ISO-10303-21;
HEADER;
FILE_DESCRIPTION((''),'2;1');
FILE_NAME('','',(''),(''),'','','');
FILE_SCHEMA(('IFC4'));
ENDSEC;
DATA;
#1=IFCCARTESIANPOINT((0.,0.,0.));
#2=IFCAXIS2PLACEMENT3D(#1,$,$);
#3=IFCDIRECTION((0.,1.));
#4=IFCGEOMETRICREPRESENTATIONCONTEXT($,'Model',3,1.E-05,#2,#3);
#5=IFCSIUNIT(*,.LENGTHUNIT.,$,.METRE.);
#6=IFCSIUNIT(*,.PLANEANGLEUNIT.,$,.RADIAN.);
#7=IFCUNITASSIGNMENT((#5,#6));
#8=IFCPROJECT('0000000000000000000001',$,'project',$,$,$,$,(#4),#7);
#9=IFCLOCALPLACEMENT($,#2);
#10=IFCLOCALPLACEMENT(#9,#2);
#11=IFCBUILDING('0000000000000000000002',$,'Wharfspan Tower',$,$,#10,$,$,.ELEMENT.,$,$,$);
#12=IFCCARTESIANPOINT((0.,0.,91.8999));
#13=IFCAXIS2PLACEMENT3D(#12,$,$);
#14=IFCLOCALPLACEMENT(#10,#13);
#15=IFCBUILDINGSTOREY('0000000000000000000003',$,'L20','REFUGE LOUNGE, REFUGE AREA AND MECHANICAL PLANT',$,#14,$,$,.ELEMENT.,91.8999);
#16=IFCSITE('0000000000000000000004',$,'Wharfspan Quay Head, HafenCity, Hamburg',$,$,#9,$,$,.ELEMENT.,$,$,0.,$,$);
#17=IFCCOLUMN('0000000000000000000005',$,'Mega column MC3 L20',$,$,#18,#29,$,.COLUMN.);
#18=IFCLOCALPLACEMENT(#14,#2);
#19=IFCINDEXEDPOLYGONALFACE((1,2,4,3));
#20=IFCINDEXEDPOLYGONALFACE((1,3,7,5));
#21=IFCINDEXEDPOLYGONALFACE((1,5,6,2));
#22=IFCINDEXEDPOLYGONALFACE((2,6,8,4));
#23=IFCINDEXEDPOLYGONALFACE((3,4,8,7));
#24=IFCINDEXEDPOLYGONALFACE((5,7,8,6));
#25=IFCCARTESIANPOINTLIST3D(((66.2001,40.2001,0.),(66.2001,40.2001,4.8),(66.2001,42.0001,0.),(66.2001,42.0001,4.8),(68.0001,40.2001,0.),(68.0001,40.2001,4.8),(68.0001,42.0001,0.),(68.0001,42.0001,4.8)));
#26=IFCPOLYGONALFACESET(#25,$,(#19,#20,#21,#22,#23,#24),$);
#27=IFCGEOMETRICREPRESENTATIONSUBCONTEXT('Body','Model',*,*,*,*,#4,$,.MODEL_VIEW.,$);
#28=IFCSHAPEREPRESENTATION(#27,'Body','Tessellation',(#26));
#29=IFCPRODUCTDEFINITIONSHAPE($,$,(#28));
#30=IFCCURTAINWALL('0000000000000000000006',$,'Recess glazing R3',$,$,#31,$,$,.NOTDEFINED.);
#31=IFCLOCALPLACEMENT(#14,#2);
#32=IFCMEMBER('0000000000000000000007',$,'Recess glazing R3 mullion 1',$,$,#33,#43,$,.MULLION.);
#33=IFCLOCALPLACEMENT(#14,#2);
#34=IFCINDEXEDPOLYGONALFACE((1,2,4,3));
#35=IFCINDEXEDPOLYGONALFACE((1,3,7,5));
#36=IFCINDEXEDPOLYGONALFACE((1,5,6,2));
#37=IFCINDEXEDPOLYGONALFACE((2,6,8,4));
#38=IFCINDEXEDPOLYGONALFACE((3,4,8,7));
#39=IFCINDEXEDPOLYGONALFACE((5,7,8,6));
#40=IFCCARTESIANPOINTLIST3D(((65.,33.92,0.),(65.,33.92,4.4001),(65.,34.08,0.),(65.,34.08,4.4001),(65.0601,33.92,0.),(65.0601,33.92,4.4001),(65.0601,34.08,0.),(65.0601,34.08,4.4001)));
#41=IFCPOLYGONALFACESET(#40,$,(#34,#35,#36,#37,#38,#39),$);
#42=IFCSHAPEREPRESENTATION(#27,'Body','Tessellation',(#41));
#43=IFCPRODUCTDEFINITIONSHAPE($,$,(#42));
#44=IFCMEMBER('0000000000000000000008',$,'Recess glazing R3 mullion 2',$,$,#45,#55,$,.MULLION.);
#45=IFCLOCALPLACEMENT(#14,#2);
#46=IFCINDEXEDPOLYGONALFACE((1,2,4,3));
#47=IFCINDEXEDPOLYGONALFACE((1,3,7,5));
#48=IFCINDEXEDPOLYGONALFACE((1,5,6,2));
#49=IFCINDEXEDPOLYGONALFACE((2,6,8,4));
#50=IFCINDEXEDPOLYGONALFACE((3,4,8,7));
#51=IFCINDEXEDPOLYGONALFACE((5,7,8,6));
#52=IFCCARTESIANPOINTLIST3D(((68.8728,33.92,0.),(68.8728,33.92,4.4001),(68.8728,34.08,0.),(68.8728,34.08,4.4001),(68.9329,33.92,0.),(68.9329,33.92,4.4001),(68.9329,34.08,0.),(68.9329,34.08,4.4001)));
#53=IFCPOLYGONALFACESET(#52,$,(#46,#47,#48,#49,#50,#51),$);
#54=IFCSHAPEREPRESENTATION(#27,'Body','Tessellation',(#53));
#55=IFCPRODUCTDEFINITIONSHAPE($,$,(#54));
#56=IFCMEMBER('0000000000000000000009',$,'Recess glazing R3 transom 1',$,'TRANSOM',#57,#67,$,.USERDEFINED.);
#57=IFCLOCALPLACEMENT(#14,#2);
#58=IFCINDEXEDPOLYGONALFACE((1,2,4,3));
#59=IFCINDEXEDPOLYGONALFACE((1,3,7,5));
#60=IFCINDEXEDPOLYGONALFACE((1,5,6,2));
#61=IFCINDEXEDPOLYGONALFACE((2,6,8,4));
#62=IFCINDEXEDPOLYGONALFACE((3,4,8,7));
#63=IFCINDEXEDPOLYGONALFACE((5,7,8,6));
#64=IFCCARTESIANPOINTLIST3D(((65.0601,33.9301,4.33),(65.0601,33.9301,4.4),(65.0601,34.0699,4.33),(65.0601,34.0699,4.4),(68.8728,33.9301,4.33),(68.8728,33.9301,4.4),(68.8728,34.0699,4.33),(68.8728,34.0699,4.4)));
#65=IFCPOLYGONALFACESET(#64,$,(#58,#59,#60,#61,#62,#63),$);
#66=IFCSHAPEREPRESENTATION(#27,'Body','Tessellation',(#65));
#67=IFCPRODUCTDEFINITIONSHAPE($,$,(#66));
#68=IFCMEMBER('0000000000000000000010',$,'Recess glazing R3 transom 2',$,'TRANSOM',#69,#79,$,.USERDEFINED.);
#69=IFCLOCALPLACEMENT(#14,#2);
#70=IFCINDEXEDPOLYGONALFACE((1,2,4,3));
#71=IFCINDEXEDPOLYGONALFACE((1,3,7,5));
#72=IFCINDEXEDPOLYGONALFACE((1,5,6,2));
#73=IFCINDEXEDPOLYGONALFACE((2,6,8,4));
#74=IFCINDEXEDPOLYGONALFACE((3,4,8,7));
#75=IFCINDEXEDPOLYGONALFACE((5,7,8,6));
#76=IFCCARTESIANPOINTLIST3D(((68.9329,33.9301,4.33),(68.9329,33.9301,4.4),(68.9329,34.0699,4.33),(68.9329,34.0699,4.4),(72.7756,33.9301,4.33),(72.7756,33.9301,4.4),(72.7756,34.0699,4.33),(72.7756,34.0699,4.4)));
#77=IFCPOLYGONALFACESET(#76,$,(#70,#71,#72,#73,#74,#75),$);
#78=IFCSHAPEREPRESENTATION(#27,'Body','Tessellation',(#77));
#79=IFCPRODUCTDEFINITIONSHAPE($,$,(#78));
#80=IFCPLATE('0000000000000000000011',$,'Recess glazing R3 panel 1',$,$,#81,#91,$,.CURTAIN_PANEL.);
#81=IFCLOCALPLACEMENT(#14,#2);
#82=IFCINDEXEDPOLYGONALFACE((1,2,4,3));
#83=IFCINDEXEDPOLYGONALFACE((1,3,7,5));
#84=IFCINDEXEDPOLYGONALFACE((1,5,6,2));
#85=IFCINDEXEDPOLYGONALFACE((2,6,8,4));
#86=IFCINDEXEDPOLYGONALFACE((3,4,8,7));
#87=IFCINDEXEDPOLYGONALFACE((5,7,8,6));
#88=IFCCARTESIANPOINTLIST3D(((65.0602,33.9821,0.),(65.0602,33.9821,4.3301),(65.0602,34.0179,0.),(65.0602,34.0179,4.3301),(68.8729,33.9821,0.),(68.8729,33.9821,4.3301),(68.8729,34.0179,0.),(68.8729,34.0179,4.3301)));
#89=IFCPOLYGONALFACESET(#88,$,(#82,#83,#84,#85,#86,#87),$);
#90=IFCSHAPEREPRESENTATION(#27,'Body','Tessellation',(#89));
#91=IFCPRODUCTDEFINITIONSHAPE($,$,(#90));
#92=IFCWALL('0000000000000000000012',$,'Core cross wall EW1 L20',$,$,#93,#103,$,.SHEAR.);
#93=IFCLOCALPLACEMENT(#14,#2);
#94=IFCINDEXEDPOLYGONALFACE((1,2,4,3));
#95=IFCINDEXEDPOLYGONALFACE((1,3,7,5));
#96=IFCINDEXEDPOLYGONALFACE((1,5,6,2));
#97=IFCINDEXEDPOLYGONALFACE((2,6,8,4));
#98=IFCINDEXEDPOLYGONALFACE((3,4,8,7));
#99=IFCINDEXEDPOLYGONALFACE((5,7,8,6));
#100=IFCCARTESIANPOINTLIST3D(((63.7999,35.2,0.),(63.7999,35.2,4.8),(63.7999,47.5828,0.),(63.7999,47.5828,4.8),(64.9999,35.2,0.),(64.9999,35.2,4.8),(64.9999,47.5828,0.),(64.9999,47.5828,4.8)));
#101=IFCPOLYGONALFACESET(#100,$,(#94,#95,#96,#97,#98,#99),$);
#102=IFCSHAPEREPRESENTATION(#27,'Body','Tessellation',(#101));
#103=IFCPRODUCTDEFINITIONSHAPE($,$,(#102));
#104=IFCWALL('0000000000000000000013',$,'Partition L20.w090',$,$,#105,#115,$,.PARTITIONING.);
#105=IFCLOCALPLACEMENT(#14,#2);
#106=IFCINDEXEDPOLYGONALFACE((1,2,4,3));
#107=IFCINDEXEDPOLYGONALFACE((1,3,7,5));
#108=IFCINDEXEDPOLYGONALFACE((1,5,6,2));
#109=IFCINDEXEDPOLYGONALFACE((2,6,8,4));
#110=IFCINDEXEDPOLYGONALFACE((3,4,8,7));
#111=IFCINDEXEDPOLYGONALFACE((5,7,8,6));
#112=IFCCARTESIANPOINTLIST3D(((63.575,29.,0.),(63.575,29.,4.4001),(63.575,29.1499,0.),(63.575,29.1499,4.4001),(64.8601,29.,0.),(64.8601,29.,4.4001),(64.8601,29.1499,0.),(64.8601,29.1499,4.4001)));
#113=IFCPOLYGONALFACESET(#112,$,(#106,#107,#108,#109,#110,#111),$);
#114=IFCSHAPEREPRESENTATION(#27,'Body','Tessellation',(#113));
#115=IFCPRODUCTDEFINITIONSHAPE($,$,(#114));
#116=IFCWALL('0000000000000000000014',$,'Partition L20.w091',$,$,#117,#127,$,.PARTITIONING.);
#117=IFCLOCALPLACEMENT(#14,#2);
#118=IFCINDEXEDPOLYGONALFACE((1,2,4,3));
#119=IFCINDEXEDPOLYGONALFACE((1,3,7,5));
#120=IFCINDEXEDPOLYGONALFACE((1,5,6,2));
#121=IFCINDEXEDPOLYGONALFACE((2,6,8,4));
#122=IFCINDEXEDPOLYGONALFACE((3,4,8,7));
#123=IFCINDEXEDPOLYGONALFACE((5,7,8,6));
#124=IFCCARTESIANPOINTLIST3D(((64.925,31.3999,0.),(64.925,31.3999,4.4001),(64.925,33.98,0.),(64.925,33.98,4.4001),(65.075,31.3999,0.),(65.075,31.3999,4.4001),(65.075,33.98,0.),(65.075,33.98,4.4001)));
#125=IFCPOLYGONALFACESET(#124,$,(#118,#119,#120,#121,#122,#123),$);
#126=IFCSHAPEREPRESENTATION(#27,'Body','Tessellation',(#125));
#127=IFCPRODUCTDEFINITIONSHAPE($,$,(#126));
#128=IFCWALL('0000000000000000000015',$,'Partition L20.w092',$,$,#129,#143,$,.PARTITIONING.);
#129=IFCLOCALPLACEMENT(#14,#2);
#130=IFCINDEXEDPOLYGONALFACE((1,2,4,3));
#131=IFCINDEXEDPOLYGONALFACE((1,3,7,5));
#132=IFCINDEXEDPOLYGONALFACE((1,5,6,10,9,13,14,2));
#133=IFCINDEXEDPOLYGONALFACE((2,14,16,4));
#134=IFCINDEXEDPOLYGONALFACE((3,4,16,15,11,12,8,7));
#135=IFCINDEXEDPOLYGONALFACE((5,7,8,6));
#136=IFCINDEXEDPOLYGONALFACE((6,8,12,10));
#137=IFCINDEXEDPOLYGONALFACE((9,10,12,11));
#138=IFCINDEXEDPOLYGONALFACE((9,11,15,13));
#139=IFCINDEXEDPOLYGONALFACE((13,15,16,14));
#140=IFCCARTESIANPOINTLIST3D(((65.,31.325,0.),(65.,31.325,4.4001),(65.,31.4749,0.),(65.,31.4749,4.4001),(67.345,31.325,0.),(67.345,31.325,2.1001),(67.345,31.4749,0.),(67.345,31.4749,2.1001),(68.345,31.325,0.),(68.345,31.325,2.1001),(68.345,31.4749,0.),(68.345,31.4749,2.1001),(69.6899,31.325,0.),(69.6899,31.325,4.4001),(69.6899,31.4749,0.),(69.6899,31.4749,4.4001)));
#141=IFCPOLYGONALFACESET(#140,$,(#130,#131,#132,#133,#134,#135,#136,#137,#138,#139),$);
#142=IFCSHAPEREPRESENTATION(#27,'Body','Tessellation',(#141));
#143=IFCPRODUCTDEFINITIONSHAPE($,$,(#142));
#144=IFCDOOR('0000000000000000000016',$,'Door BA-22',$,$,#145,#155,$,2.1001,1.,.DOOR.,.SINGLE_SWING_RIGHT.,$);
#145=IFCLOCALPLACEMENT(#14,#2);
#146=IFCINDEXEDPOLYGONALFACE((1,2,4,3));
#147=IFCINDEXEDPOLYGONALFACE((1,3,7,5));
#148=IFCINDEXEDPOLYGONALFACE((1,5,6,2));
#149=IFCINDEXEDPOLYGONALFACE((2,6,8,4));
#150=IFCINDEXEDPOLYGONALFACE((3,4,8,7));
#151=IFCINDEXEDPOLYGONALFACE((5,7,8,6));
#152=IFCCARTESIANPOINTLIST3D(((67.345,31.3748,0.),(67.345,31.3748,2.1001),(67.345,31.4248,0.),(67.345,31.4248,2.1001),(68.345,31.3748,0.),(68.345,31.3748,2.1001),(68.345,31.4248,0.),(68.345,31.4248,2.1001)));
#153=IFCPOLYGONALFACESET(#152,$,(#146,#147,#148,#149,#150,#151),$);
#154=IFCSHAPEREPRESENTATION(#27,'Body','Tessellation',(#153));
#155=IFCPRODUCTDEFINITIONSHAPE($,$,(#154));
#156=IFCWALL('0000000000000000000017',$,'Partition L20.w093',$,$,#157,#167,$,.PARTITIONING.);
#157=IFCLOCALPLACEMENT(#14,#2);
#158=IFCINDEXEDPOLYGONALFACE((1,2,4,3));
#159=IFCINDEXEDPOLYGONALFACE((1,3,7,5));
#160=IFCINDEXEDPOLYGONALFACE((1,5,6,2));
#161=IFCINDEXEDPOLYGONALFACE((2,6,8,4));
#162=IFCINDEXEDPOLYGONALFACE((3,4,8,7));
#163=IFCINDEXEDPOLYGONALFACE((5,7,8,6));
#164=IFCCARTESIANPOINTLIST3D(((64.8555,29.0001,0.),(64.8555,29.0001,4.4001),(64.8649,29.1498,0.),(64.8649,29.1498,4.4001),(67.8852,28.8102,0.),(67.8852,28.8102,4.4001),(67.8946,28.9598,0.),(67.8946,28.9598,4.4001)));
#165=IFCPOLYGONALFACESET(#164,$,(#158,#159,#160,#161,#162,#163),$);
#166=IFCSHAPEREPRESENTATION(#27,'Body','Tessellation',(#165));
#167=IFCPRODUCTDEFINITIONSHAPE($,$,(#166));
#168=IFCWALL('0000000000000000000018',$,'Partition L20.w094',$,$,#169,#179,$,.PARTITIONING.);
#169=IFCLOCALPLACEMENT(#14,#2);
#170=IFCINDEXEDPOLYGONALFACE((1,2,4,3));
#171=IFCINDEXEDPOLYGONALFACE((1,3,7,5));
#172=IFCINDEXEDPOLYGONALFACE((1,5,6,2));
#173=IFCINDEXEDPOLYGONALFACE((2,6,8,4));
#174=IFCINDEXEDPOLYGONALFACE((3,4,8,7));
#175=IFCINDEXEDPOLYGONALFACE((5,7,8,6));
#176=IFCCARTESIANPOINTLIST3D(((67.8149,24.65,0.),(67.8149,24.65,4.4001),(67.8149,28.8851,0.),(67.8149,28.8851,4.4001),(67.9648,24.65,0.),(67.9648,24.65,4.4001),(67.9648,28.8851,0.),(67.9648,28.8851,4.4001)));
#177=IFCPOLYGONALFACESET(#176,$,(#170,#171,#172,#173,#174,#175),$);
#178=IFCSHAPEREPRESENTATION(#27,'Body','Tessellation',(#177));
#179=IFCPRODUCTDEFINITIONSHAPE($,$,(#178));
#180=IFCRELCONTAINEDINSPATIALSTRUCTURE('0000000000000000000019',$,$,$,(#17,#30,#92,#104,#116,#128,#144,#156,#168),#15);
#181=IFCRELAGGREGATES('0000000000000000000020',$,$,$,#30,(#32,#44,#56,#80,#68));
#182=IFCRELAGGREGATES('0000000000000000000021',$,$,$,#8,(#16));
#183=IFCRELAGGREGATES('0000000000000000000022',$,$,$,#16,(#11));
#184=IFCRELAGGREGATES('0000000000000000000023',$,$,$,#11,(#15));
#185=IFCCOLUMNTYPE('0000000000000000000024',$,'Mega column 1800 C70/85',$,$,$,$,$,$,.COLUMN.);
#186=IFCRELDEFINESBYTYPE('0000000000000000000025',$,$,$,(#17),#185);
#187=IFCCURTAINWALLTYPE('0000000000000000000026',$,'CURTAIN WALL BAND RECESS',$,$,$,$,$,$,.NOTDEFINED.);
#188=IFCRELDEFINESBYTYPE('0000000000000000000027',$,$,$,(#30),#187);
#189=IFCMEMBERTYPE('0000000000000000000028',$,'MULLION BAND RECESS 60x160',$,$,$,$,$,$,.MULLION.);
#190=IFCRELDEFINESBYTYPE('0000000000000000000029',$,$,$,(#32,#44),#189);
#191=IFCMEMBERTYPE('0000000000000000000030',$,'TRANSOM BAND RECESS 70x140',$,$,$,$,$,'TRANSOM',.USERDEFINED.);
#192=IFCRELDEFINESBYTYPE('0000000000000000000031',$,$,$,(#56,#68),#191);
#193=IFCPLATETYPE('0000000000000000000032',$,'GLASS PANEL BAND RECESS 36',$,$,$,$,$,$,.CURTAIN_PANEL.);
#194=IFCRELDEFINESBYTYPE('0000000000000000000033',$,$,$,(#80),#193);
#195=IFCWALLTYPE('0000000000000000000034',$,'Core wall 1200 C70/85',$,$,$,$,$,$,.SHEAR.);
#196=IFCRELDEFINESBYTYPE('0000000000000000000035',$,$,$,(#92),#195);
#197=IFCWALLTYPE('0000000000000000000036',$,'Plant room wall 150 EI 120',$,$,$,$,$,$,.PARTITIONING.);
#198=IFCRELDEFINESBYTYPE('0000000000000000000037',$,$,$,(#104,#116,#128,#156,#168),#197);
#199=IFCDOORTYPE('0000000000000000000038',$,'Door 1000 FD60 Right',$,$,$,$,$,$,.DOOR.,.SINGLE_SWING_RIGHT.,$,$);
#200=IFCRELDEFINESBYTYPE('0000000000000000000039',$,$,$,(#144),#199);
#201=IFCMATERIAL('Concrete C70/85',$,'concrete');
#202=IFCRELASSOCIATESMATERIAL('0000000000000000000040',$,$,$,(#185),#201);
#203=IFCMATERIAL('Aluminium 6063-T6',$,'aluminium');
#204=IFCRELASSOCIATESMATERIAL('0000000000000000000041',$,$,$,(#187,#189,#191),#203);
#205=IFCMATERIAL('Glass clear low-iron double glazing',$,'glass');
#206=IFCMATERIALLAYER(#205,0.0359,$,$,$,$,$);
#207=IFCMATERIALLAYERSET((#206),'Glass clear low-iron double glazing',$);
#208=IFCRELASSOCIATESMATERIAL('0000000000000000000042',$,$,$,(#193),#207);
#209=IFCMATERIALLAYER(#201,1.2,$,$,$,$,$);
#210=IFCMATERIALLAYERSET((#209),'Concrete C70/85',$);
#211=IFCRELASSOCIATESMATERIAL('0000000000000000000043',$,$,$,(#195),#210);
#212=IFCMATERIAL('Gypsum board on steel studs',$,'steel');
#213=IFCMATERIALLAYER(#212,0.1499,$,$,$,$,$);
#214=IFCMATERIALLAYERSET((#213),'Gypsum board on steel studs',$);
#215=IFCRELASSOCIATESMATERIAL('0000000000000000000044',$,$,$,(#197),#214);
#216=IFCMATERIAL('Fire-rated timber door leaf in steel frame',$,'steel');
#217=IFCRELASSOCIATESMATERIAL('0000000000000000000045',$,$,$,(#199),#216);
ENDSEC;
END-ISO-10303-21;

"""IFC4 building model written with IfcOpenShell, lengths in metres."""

from ifc_helpers import new_model, si_unit, direction, frame, frame_2d, origin, origin_2d, place, context, subcontext, project, spatial, rectangle, extrude, material, layer, layer_set, material_profile, profile_set, type_object, element, fill, aggregate, save


model = new_model("IFC4")

# Units and contexts
model_context = context("Model", 3, precision=1e-05, world=origin(), true_north=direction((0.0, 1.0)))
body_context = subcontext(model_context, "Body", "Model", "MODEL_VIEW")
ifc_project = project(units=[si_unit("LENGTHUNIT", "METRE"), si_unit("PLANEANGLEUNIT", "RADIAN")], contexts=[model_context])

# Site, building, storey
site_placement = place(None, origin())
site = spatial("IfcSite", under=ifc_project, at=site_placement, Name="Wharfspan Quay Head, HafenCity, Hamburg", CompositionType="ELEMENT", RefElevation=0.0)
building_placement = place(site_placement, origin())
building = spatial("IfcBuilding", under=site, at=building_placement, Name="Wharfspan Tower", CompositionType="ELEMENT")
storey_placement = place(building_placement, frame((0.0, 0.0, 91.8999)))
storey = spatial("IfcBuildingStorey", under=building, at=storey_placement, Name="L20", Description="REFUGE LOUNGE, REFUGE AREA AND MECHANICAL PLANT", CompositionType="ELEMENT", Elevation=91.8999)

# Column
ifc_material_1 = material(Name="Concrete C70/85", Category="concrete")
ifc_material_profile_1 = material_profile(ifc_material_1, rectangle(XDim=1.8, YDim=1.8, at=origin_2d()))
ifc_profile_set_1 = profile_set([ifc_material_profile_1], Name="Concrete C70/85")
column_type = type_object("IfcColumnType", Name="Mega column 1800 C70/85", PredefinedType="COLUMN", material=ifc_profile_set_1)
column_placement = place(storey_placement, frame((67.1001, 41.1001, 0.0), z_axis=(0.0, 0.0, 1.0), x_axis=(1.0, 0.0, 0.0)))
element("IfcColumn", 1, at=column_placement, inside=storey, type_object=column_type, Name="Mega column MC3 L20", PredefinedType="COLUMN", context=body_context, shape_type="SweptSolid", body=[
    extrude(rectangle(XDim=1.8, YDim=1.8, at=origin_2d()), origin(), (0.0, 0.0, 1.0), 4.8),
])

# Curtain wall, members, plate
ifc_material_2 = material(Name="Aluminium 6063-T6", Category="aluminium")
curtain_wall_type = type_object("IfcCurtainWallType", Name="CURTAIN WALL BAND RECESS", PredefinedType="NOTDEFINED", material=ifc_material_2)
curtain_wall_placement = place(storey_placement, origin())
curtain_wall = element("IfcCurtainWall", 2, at=curtain_wall_placement, inside=storey, type_object=curtain_wall_type, Name="Recess glazing R3", PredefinedType="NOTDEFINED")
ifc_material_profile_2 = material_profile(ifc_material_2, rectangle(XDim=0.1599, YDim=0.0601, at=origin_2d()))
ifc_profile_set_2 = profile_set([ifc_material_profile_2], Name="Aluminium 6063-T6")
member_type_1 = type_object("IfcMemberType", Name="MULLION BAND RECESS 60x160", PredefinedType="MULLION", material=ifc_profile_set_2)
member_1_placement = place(storey_placement, frame((65.03, 34.0, 0.0), z_axis=(0.0, 0.0, 1.0), x_axis=(0.0, 1.0, 0.0)))
member_1 = element("IfcMember", 3, at=member_1_placement, type_object=member_type_1, Name="Recess glazing R3 mullion 1", PredefinedType="MULLION", context=body_context, shape_type="SweptSolid", body=[
    extrude(rectangle(XDim=0.1599, YDim=0.0601, at=origin_2d()), origin(), (0.0, 0.0, 1.0), 4.4001),
])
member_2_placement = place(storey_placement, frame((68.9028, 34.0, 0.0), z_axis=(0.0, 0.0, 1.0), x_axis=(0.0, 1.0, 0.0)))
member_2 = element("IfcMember", 4, at=member_2_placement, type_object=member_type_1, Name="Recess glazing R3 mullion 2", PredefinedType="MULLION", context=body_context, shape_type="SweptSolid", body=[
    extrude(rectangle(XDim=0.1599, YDim=0.0601, at=origin_2d()), origin(), (0.0, 0.0, 1.0), 4.4001),
])
ifc_material_profile_3 = material_profile(ifc_material_2, rectangle(XDim=0.1399, YDim=0.0701, at=origin_2d()))
ifc_profile_set_3 = profile_set([ifc_material_profile_3], Name="Aluminium 6063-T6")
member_type_2 = type_object("IfcMemberType", Name="TRANSOM BAND RECESS 70x140", ElementType="TRANSOM", PredefinedType="USERDEFINED", material=ifc_profile_set_3)
member_3_placement = place(storey_placement, frame((65.0601, 34.0, 4.365), z_axis=(1.0, 0.0, 0.0), x_axis=(0.0, 1.0, 0.0)))
member_3 = element("IfcMember", 5, at=member_3_placement, type_object=member_type_2, Name="Recess glazing R3 transom 1", ObjectType="TRANSOM", PredefinedType="USERDEFINED", context=body_context, shape_type="SweptSolid", body=[
    extrude(rectangle(XDim=0.1399, YDim=0.0701, at=origin_2d()), origin(), (0.0, 0.0, 1.0), 3.8127),
])
member_4_placement = place(storey_placement, frame((68.9329, 34.0, 4.365), z_axis=(1.0, 0.0, 0.0), x_axis=(0.0, 1.0, 0.0)))
member_4 = element("IfcMember", 6, at=member_4_placement, type_object=member_type_2, Name="Recess glazing R3 transom 2", ObjectType="TRANSOM", PredefinedType="USERDEFINED", context=body_context, shape_type="SweptSolid", body=[
    extrude(rectangle(XDim=0.1399, YDim=0.0701, at=origin_2d()), origin(), (0.0, 0.0, 1.0), 3.8428),
])
ifc_material_3 = material(Name="Glass clear low-iron double glazing", Category="glass")
ifc_layer_1 = layer(ifc_material_3, 0.0359)
ifc_layer_set_1 = layer_set([ifc_layer_1], Name="Glass clear low-iron double glazing")
plate_type = type_object("IfcPlateType", Name="GLASS PANEL BAND RECESS 36", PredefinedType="CURTAIN_PANEL", material=ifc_layer_set_1)
plate_placement = place(storey_placement, frame((66.9666, 34.0, 0.0), z_axis=(0.0, 0.0, 1.0), x_axis=(1.0, 0.0, 0.0)))
plate = element("IfcPlate", 7, at=plate_placement, type_object=plate_type, Name="Recess glazing R3 panel 1", PredefinedType="CURTAIN_PANEL", context=body_context, shape_type="SweptSolid", body=[
    extrude(rectangle(XDim=3.8127, YDim=0.0359, at=origin_2d()), origin(), (0.0, 0.0, 1.0), 4.3301),
])
aggregate(curtain_wall, [member_1, member_2, member_3, plate, member_4])

# Walls
ifc_layer_2 = layer(ifc_material_1, 1.2)
ifc_layer_set_2 = layer_set([ifc_layer_2], Name="Concrete C70/85")
wall_type_1 = type_object("IfcWallType", Name="Core wall 1200 C70/85", PredefinedType="SHEAR", material=ifc_layer_set_2)
wall_1_placement = place(storey_placement, frame((64.3999, 35.2, 0.0), z_axis=(0.0, 0.0, 1.0), x_axis=(0.0, 1.0, 0.0)))
element("IfcWall", 8, at=wall_1_placement, inside=storey, type_object=wall_type_1, Name="Core cross wall EW1 L20", PredefinedType="SHEAR", context=body_context, shape_type="SweptSolid", body=[
    extrude(rectangle(XDim=12.3828, YDim=1.2, at=frame_2d((6.1914, 0.0))), origin(), (0.0, 0.0, 1.0), 4.8),
])
ifc_material_4 = material(Name="Gypsum board on steel studs", Category="steel")
ifc_layer_3 = layer(ifc_material_4, 0.1499)
ifc_layer_set_3 = layer_set([ifc_layer_3], Name="Gypsum board on steel studs")
wall_type_2 = type_object("IfcWallType", Name="Plant room wall 150 EI 120", PredefinedType="PARTITIONING", material=ifc_layer_set_3)
wall_2_placement = place(storey_placement, frame((63.575, 29.075, 0.0), z_axis=(0.0, 0.0, 1.0), x_axis=(1.0, 0.0, 0.0)))
element("IfcWall", 9, at=wall_2_placement, inside=storey, type_object=wall_type_2, Name="Partition L20.w090", PredefinedType="PARTITIONING", context=body_context, shape_type="SweptSolid", body=[
    extrude(rectangle(XDim=1.2852, YDim=0.1499, at=frame_2d((0.6426, 0.0))), origin(), (0.0, 0.0, 1.0), 4.4001),
])
wall_3_placement = place(storey_placement, frame((65.0, 31.3999, 0.0), z_axis=(0.0, 0.0, 1.0), x_axis=(0.0, 1.0, 0.0)))
element("IfcWall", 10, at=wall_3_placement, inside=storey, type_object=wall_type_2, Name="Partition L20.w091", PredefinedType="PARTITIONING", context=body_context, shape_type="SweptSolid", body=[
    extrude(rectangle(XDim=2.5801, YDim=0.1499, at=frame_2d((1.29, 0.0))), origin(), (0.0, 0.0, 1.0), 4.4001),
])

# Wall, opening, door
wall_4_placement = place(storey_placement, frame((65.0, 31.3999, 0.0), z_axis=(0.0, 0.0, 1.0), x_axis=(1.0, 0.0, 0.0)))
wall_4 = element("IfcWall", 11, at=wall_4_placement, inside=storey, type_object=wall_type_2, Name="Partition L20.w092", PredefinedType="PARTITIONING", context=body_context, shape_type="SweptSolid", body=[
    extrude(rectangle(XDim=4.6899, YDim=0.1499, at=frame_2d((2.345, 0.0))), origin(), (0.0, 0.0, 1.0), 4.4001),
])
opening_placement = place(wall_4_placement, frame((2.345, 0.0, 0.0)))
opening = element("IfcOpeningElement", 12, at=opening_placement, cuts=wall_4, PredefinedType="OPENING", context=body_context, shape_type="SweptSolid", body=[
    extrude(rectangle(XDim=1.0, YDim=2.1001, at=frame_2d((0.5, 1.05))), frame((0.0, 0.085, 0.0), z_axis=(0.0, -1.0, 0.0), x_axis=(1.0, 0.0, 0.0)), (0.0, 0.0, 1.0), 0.1699),
])
ifc_material_5 = material(Name="Fire-rated timber door leaf in steel frame", Category="steel")
door_type = type_object("IfcDoorType", Name="Door 1000 FD60 Right", OperationType="SINGLE_SWING_RIGHT", PredefinedType="DOOR", material=ifc_material_5)
door_placement = place(opening_placement, origin())
door = element("IfcDoor", 13, at=door_placement, inside=storey, type_object=door_type, Name="Door BA-22", OperationType="SINGLE_SWING_RIGHT", OverallHeight=2.1001, OverallWidth=1.0, PredefinedType="DOOR", context=body_context, shape_type="SweptSolid", body=[
    extrude(rectangle(XDim=1.0, YDim=2.1001, at=frame_2d((0.5, 1.05))), frame((0.0, 0.0249, 0.0), z_axis=(0.0, -1.0, 0.0), x_axis=(1.0, 0.0, 0.0)), (0.0, 0.0, 1.0), 0.05),
])
fill(opening, door)

# Walls
wall_5_placement = place(storey_placement, frame((67.8899, 28.885, 0.0), z_axis=(0.0, 0.0, 1.0), x_axis=(-0.998045, 0.062569, 0.0)))
element("IfcWall", 14, at=wall_5_placement, inside=storey, type_object=wall_type_2, Name="Partition L20.w093", PredefinedType="PARTITIONING", context=body_context, shape_type="SweptSolid", body=[
    extrude(rectangle(XDim=3.0356, YDim=0.1499, at=frame_2d((1.5178, 0.0))), origin(), (0.0, 0.0, 1.0), 4.4001),
])
wall_6_placement = place(storey_placement, frame((67.8899, 24.6499, 0.0), z_axis=(0.0, 0.0, 1.0), x_axis=(0.0, 1.0, 0.0)))
element("IfcWall", 15, at=wall_6_placement, inside=storey, type_object=wall_type_2, Name="Partition L20.w094", PredefinedType="PARTITIONING", context=body_context, shape_type="SweptSolid", body=[
    extrude(rectangle(XDim=4.2351, YDim=0.1499, at=frame_2d((2.1177, 0.0))), origin(), (0.0, 0.0, 1.0), 4.4001),
])

save(model, "model.ifc")
